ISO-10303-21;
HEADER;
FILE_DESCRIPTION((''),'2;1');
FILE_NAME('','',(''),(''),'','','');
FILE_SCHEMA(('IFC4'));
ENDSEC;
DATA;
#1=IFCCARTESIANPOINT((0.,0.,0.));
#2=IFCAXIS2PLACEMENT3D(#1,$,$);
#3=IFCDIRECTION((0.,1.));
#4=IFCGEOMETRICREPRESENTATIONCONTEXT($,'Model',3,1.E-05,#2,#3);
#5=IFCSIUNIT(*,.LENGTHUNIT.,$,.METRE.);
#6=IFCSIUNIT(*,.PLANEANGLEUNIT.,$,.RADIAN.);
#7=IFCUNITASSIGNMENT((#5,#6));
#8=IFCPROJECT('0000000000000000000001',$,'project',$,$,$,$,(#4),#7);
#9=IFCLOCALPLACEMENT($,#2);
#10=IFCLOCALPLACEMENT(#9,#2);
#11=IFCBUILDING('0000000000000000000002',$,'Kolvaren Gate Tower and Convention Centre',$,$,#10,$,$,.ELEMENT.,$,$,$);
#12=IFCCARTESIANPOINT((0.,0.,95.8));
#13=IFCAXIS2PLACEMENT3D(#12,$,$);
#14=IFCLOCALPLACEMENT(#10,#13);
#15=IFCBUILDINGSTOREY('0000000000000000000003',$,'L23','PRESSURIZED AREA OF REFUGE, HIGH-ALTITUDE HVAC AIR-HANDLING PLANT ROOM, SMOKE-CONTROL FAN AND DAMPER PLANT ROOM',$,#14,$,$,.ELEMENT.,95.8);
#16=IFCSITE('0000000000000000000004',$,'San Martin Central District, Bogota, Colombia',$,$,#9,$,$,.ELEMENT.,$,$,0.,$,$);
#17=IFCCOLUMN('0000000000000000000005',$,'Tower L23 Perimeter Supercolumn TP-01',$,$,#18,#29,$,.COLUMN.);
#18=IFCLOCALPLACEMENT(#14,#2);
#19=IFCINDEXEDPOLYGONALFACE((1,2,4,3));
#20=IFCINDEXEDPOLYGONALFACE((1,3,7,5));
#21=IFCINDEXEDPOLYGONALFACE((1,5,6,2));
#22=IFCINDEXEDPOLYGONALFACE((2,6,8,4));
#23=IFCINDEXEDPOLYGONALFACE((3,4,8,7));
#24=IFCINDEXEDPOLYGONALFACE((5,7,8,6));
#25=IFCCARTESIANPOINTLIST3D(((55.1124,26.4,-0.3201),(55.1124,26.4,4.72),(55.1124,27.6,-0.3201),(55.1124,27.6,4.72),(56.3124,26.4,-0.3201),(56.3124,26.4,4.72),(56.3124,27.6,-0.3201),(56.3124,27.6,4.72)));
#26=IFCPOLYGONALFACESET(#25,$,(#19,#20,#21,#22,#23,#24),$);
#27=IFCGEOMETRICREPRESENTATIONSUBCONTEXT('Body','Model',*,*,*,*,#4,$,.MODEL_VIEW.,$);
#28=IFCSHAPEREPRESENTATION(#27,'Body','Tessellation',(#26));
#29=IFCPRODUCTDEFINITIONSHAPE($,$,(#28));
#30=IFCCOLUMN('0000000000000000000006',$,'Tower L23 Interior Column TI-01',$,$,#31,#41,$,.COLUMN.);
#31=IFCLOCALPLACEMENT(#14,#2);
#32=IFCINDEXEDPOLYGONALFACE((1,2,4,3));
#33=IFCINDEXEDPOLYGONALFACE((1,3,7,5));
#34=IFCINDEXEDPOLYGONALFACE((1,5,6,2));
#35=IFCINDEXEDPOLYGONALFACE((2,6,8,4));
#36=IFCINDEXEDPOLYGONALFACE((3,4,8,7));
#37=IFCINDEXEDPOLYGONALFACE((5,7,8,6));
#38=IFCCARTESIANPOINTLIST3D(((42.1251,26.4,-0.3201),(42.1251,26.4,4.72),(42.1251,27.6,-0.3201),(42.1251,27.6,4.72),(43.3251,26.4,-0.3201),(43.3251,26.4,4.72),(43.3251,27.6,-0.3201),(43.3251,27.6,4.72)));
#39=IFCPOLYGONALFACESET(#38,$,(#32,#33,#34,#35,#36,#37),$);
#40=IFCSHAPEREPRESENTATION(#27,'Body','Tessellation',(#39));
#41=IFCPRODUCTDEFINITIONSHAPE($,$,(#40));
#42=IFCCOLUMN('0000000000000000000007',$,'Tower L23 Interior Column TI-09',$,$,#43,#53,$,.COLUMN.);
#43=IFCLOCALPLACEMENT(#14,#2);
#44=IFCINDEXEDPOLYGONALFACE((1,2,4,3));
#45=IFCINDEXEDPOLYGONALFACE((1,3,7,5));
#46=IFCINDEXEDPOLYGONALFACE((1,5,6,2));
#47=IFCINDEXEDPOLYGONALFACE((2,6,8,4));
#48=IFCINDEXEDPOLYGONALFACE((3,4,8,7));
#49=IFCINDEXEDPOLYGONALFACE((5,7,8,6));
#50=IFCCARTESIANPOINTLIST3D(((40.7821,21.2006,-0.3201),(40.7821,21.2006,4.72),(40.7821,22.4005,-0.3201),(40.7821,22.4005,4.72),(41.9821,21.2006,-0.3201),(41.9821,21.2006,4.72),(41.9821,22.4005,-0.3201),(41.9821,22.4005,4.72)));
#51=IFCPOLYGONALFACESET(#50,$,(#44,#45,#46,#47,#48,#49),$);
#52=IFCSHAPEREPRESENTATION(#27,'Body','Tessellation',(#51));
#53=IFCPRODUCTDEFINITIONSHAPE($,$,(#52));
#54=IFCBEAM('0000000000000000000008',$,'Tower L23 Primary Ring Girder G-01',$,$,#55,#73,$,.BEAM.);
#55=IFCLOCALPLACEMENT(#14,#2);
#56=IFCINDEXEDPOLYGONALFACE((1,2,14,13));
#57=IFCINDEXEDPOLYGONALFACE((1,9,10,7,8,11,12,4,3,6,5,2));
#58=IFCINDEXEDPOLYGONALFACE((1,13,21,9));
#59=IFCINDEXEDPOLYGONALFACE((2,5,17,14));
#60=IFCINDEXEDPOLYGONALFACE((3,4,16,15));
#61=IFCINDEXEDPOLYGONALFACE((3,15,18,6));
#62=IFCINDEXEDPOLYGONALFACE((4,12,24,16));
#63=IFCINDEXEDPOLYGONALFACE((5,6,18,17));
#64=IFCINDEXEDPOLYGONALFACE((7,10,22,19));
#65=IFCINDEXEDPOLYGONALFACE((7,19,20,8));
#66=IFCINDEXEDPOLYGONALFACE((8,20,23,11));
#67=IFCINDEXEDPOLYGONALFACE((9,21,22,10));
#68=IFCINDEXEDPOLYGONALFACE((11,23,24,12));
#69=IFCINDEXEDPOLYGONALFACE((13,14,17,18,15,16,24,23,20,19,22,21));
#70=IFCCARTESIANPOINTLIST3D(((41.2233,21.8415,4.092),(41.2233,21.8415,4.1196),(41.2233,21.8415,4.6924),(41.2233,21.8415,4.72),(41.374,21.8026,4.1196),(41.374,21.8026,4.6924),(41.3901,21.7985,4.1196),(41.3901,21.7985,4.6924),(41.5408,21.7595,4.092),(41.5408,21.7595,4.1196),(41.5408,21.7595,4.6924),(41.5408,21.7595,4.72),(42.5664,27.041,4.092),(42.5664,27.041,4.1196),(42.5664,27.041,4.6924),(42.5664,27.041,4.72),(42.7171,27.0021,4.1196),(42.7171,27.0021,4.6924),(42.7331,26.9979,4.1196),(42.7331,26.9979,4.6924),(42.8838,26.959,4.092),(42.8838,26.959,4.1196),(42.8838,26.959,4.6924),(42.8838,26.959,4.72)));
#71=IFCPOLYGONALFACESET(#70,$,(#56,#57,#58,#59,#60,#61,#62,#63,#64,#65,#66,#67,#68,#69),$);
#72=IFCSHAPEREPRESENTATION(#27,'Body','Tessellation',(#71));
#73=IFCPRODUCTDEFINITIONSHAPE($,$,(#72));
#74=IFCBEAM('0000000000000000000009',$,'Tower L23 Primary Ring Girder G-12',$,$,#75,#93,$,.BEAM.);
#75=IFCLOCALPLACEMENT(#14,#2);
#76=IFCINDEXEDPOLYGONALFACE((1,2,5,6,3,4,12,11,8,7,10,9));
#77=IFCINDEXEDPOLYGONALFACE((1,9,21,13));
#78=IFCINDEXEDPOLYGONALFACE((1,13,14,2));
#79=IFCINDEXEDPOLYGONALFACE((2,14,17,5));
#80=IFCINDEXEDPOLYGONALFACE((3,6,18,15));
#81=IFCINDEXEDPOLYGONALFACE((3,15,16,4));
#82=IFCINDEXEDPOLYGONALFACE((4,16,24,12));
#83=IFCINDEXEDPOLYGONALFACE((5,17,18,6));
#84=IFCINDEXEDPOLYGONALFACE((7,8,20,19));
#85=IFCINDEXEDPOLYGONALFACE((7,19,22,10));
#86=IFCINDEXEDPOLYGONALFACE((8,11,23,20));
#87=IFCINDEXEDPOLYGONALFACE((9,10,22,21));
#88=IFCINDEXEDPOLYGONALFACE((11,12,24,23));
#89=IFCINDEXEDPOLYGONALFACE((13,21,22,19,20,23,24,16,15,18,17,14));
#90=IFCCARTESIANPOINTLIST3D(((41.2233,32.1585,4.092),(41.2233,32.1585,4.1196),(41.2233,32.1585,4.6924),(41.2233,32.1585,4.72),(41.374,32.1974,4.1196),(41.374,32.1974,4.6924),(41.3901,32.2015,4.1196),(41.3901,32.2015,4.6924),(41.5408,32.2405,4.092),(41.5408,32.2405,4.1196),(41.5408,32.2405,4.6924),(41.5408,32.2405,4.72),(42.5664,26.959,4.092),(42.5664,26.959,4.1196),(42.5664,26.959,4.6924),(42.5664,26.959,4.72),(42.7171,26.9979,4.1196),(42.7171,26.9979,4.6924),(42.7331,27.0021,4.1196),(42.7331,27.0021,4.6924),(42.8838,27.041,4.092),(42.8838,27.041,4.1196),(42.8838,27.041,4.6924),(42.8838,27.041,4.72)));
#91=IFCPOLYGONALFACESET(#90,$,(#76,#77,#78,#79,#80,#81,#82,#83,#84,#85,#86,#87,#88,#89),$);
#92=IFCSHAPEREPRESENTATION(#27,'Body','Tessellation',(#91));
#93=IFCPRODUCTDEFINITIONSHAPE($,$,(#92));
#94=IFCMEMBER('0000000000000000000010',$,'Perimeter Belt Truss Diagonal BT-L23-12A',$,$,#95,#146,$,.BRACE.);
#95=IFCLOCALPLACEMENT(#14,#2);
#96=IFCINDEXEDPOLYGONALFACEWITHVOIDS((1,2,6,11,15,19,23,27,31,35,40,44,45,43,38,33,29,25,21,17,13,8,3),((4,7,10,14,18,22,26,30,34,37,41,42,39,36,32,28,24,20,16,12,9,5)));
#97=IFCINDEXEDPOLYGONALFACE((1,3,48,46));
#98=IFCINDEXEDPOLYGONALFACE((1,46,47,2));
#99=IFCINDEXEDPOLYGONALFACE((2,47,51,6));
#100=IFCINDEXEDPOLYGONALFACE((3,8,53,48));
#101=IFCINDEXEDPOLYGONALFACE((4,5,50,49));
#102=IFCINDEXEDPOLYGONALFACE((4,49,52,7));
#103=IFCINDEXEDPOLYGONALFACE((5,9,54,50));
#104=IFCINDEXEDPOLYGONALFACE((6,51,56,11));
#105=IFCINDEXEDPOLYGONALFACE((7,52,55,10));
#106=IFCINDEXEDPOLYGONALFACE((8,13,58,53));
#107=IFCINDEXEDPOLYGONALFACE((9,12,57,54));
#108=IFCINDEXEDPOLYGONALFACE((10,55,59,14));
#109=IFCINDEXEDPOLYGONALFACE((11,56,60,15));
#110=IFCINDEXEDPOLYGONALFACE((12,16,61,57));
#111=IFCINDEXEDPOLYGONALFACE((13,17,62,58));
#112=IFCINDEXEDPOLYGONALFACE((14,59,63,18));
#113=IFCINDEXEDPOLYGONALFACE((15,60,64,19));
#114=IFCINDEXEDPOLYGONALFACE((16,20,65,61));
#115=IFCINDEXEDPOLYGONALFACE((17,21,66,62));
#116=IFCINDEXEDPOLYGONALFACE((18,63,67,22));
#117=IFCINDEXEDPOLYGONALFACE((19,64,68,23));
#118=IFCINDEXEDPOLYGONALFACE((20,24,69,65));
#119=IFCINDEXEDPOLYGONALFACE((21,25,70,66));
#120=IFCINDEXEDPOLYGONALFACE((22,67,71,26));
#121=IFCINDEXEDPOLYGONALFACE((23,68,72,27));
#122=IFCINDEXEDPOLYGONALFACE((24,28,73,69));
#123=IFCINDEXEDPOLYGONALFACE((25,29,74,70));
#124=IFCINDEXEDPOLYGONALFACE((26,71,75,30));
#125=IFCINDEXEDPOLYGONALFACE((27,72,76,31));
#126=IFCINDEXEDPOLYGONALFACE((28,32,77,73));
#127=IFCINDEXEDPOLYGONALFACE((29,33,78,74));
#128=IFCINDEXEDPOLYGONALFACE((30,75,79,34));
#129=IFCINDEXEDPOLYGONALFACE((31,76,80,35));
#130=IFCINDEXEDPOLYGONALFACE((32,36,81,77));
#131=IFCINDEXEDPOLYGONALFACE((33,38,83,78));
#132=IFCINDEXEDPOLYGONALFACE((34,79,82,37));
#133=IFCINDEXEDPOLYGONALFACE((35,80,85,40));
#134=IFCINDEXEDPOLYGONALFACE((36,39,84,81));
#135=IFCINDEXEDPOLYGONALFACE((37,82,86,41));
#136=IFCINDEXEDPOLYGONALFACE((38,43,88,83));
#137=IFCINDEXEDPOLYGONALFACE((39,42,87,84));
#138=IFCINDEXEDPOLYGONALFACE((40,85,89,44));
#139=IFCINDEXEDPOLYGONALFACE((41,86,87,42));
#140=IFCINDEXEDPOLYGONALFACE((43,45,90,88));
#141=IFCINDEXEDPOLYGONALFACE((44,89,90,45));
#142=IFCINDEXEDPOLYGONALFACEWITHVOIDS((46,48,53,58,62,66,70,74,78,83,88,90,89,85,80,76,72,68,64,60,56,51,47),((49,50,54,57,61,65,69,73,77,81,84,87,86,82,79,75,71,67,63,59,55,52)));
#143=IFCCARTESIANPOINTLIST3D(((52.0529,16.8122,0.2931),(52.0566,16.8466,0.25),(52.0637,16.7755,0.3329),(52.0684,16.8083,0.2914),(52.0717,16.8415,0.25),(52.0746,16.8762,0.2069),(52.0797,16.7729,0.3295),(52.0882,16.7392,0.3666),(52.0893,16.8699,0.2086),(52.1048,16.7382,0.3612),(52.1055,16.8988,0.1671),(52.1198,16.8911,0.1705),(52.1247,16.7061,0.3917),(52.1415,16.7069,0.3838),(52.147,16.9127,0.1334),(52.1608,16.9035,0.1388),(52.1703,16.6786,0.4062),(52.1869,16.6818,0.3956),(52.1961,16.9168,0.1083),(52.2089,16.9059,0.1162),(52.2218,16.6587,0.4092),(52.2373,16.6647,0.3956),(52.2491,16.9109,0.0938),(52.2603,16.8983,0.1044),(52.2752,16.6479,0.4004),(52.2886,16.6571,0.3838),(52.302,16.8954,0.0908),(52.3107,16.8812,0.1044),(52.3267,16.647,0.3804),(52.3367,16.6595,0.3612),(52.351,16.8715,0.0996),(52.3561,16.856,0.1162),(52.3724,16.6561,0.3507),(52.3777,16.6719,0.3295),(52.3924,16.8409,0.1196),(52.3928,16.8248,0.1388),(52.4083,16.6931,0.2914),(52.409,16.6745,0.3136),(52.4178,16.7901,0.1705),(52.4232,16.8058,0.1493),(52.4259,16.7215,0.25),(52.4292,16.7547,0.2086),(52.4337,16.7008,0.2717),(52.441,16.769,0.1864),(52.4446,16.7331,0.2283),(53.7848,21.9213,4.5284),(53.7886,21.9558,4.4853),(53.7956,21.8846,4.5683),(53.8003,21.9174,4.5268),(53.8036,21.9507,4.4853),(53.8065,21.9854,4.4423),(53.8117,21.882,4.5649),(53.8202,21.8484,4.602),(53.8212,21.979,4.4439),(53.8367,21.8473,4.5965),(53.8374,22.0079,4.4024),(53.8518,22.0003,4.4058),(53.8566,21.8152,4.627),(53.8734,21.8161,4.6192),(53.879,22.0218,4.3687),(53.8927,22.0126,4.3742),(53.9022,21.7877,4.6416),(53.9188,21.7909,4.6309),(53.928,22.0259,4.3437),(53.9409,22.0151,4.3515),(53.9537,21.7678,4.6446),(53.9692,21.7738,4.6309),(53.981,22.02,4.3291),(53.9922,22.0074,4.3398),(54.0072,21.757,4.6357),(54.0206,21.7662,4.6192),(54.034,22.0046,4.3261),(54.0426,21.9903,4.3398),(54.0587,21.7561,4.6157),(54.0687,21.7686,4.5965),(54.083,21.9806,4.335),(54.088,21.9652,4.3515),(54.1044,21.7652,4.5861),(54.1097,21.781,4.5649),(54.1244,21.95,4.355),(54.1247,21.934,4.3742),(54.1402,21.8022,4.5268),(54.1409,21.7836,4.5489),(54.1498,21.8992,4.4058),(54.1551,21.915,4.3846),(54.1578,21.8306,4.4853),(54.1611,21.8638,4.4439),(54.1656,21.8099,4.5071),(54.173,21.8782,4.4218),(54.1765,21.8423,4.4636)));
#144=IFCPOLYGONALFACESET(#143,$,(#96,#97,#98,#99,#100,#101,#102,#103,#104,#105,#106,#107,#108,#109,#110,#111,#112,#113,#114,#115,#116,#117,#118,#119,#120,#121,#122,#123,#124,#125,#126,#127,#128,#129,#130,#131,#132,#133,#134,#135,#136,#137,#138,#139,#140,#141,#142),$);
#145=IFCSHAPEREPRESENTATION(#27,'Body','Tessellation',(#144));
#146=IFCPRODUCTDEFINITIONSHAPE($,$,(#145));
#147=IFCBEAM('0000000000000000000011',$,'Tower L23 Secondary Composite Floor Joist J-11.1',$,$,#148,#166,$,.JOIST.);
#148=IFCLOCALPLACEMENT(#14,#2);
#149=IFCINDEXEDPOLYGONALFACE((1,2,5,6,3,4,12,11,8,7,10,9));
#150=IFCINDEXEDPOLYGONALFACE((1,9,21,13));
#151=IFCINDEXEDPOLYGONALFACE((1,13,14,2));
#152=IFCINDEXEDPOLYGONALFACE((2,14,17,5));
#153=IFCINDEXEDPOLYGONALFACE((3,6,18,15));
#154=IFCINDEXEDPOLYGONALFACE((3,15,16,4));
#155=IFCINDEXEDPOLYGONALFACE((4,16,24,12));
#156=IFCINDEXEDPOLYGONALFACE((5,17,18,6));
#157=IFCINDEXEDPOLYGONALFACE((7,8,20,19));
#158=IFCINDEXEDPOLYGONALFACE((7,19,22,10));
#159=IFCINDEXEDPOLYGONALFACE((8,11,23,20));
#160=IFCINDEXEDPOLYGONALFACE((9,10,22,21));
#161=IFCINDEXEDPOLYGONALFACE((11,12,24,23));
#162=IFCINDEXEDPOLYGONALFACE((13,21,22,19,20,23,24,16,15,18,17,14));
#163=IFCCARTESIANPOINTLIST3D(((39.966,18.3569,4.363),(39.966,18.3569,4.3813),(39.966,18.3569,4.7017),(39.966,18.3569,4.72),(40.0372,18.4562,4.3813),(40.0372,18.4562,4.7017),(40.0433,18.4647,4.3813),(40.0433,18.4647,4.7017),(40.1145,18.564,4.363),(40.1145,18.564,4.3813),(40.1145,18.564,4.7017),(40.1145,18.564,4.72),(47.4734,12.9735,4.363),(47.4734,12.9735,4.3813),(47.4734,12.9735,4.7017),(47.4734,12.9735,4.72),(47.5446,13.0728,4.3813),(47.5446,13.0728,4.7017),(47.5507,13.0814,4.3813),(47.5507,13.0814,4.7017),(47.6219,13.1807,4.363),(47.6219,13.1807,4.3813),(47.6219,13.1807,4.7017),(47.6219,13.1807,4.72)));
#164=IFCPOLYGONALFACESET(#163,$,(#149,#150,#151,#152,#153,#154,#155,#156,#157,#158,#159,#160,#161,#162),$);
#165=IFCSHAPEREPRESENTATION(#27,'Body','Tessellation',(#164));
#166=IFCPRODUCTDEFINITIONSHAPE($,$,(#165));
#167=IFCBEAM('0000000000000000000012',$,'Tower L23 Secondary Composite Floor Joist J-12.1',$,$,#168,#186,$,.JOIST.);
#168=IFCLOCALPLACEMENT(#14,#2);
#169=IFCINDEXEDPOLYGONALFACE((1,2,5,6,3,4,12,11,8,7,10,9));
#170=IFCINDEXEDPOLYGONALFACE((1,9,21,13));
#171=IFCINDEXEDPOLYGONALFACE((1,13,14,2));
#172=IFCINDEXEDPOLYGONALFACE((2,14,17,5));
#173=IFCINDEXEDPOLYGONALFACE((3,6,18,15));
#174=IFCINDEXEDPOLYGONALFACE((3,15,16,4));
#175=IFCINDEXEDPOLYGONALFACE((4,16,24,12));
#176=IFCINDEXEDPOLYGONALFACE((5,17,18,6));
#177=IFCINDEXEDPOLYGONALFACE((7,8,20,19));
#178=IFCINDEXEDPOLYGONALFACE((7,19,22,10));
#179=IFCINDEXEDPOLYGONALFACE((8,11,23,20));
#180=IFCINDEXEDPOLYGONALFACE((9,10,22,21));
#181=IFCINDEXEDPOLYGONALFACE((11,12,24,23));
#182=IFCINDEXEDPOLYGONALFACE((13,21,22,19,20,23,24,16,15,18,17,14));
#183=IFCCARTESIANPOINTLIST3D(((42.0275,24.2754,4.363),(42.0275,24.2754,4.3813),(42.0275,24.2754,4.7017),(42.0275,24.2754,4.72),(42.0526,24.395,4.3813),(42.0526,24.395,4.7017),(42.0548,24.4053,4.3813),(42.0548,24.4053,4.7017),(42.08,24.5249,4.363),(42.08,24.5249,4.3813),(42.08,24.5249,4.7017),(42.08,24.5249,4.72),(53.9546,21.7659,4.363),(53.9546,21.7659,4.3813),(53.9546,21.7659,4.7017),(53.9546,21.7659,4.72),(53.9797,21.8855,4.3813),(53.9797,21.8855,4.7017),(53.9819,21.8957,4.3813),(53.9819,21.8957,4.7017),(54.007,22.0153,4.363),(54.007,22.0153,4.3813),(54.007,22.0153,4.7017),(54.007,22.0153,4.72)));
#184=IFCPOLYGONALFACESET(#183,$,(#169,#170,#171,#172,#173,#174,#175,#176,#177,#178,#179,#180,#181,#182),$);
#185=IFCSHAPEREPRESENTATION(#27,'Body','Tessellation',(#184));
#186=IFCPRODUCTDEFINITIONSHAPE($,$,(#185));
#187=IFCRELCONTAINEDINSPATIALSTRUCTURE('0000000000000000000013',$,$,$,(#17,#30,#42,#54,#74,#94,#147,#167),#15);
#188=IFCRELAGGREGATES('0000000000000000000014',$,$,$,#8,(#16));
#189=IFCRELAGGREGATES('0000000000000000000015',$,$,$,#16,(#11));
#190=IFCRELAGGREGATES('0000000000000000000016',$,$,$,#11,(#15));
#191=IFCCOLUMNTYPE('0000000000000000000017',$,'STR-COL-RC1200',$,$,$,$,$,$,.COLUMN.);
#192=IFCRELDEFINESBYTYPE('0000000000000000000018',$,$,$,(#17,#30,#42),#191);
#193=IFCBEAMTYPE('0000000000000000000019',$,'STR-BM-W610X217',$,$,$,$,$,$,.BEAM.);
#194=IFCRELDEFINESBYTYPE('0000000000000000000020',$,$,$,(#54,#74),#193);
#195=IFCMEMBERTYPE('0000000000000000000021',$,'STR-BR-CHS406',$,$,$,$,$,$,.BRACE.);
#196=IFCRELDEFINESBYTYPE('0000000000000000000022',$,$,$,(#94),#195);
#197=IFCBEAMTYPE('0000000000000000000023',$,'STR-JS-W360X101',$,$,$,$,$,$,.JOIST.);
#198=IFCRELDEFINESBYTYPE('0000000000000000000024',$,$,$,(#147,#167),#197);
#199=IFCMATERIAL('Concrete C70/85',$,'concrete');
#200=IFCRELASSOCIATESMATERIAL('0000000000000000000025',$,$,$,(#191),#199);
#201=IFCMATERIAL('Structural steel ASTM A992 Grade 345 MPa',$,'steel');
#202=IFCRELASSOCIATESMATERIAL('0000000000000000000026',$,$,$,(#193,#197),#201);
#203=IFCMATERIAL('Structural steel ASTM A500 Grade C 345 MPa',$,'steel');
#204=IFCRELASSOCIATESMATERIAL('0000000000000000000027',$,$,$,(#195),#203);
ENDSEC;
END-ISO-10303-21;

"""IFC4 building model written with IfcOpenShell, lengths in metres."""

from ifc_helpers import new_model, si_unit, direction, frame, origin, origin_2d, place, context, subcontext, project, spatial, rectangle, hollow_circle, i_section, extrude, material, material_profile, profile_set, type_object, element, save


model = new_model("IFC4")

# Units and contexts
model_context = context("Model", 3, precision=1e-05, world=origin(), true_north=direction((0.0, 1.0)))
body_context = subcontext(model_context, "Body", "Model", "MODEL_VIEW")
ifc_project = project(units=[si_unit("LENGTHUNIT", "METRE"), si_unit("PLANEANGLEUNIT", "RADIAN")], contexts=[model_context])

# Site, building, storey
site_placement = place(None, origin())
site = spatial("IfcSite", under=ifc_project, at=site_placement, Name="San Martin Central District, Bogota, Colombia", CompositionType="ELEMENT", RefElevation=0.0)
building_placement = place(site_placement, origin())
building = spatial("IfcBuilding", under=site, at=building_placement, Name="Kolvaren Gate Tower and Convention Centre", CompositionType="ELEMENT")
storey_placement = place(building_placement, frame((0.0, 0.0, 95.8)))
storey = spatial("IfcBuildingStorey", under=building, at=storey_placement, Name="L23", Description="PRESSURIZED AREA OF REFUGE, HIGH-ALTITUDE HVAC AIR-HANDLING PLANT ROOM, SMOKE-CONTROL FAN AND DAMPER PLANT ROOM", CompositionType="ELEMENT", Elevation=95.8)

# Columns
ifc_material_1 = material(Name="Concrete C70/85", Category="concrete")
ifc_material_profile_1 = material_profile(ifc_material_1, rectangle(XDim=1.2, YDim=1.2, at=origin_2d()), Name="RC-COL-1200X1200")
ifc_profile_set_1 = profile_set([ifc_material_profile_1], Name="Concrete C70/85")
column_type = type_object("IfcColumnType", Name="STR-COL-RC1200", PredefinedType="COLUMN", material=ifc_profile_set_1)
for number, where, z_axis, x_axis, name in (
    (1, (55.7124, 27.0, -0.3201), (0.0, 0.0, 1.0), (1.0, 0.0, 0.0), "Tower L23 Perimeter Supercolumn TP-01"),
    (2, (42.7251, 27.0, -0.3201), (0.0, 0.0, 1.0), (1.0, 0.0, 0.0), "Tower L23 Interior Column TI-01"),
    (3, (41.3821, 21.8005, -0.3201), (0.0, 0.0, 1.0), (1.0, 0.0, 0.0), "Tower L23 Interior Column TI-09"),
):
    element("IfcColumn", number, at=place(storey_placement, frame(where, z_axis=z_axis, x_axis=x_axis)), inside=storey, type_object=column_type, Name=name, PredefinedType="COLUMN", context=body_context, shape_type="SweptSolid", body=[
        extrude(rectangle(XDim=1.2, YDim=1.2, at=origin_2d()), origin(), (0.0, 0.0, 1.0), 5.04),
    ])

# Beams
ifc_material_2 = material(Name="Structural steel ASTM A992 Grade 345 MPa", Category="steel")
ifc_material_profile_2 = material_profile(ifc_material_2, i_section(OverallWidth=0.3279, OverallDepth=0.6279, WebThickness=0.0166, FlangeThickness=0.0276, at=origin_2d()), Name="W610X217")
ifc_profile_set_2 = profile_set([ifc_material_profile_2], Name="Structural steel ASTM A992 Grade 345 MPa")
beam_type_1 = type_object("IfcBeamType", Name="STR-BM-W610X217", PredefinedType="BEAM", material=ifc_profile_set_2)
for number, where, z_axis, x_axis, name in (
    (4, (42.7251, 27.0, 4.406), (-0.250091, -0.968222, 0.0), (0.968222, -0.250091, 0.0), "Tower L23 Primary Ring Girder G-01"),
    (5, (42.7251, 27.0, 4.406), (-0.250091, 0.968222, 0.0), (-0.968222, -0.250091, 0.0), "Tower L23 Primary Ring Girder G-12"),
):
    element("IfcBeam", number, at=place(storey_placement, frame(where, z_axis=z_axis, x_axis=x_axis)), inside=storey, type_object=beam_type_1, Name=name, PredefinedType="BEAM", context=body_context, shape_type="SweptSolid", body=[
        extrude(i_section(OverallWidth=0.3279, OverallDepth=0.6279, WebThickness=0.0166, FlangeThickness=0.0276, at=origin_2d()), origin(), (0.0, 0.0, 1.0), 5.3701),
    ])

# Member
ifc_material_3 = material(Name="Structural steel ASTM A500 Grade C 345 MPa", Category="steel")
ifc_material_profile_3 = material_profile(ifc_material_3, hollow_circle(Radius=0.2029, WallThickness=0.0159, at=origin_2d()), Name="CHS406X15.9")
ifc_profile_set_3 = profile_set([ifc_material_profile_3], Name="Structural steel ASTM A500 Grade C 345 MPa")
member_type = type_object("IfcMemberType", Name="STR-BR-CHS406", PredefinedType="BRACE", material=ifc_profile_set_3)
member_placement = place(storey_placement, frame((52.2488, 16.7815, 0.25), z_axis=(0.252518, 0.744918, 0.61752), x_axis=(-0.947064, 0.321043, 0.0)))
element("IfcMember", 6, at=member_placement, inside=storey, type_object=member_type, Name="Perimeter Belt Truss Diagonal BT-L23-12A", PredefinedType="BRACE", context=body_context, shape_type="SweptSolid", body=[
    extrude(hollow_circle(Radius=0.2029, WallThickness=0.0159, at=origin_2d()), origin(), (0.0, 0.0, 1.0), 6.8586),
])

# Beams
ifc_material_profile_4 = material_profile(ifc_material_2, i_section(OverallWidth=0.2549, OverallDepth=0.3569, WebThickness=0.0105, FlangeThickness=0.0183, at=origin_2d()), Name="W360X101")
ifc_profile_set_4 = profile_set([ifc_material_profile_4], Name="Structural steel ASTM A992 Grade 345 MPa")
beam_type_2 = type_object("IfcBeamType", Name="STR-JS-W360X101", PredefinedType="JOIST", material=ifc_profile_set_4)
beam_1_placement = place(storey_placement, frame((40.0403, 18.4604, 4.5415), z_axis=(0.812661, -0.582737, 0.0), x_axis=(0.582737, 0.812661, 0.0)))
element("IfcBeam", 7, at=beam_1_placement, inside=storey, type_object=beam_type_2, Name="Tower L23 Secondary Composite Floor Joist J-11.1", PredefinedType="JOIST", context=body_context, shape_type="SweptSolid", body=[
    extrude(i_section(OverallWidth=0.2549, OverallDepth=0.3569, WebThickness=0.0105, FlangeThickness=0.0183, at=origin_2d()), origin(), (0.0, 0.0, 1.0), 9.238),
])
beam_2_placement = place(storey_placement, frame((42.0537, 24.4001, 4.5415), z_axis=(0.978573, -0.205898, 0.0), x_axis=(0.205898, 0.978573, 0.0)))
element("IfcBeam", 8, at=beam_2_placement, inside=storey, type_object=beam_type_2, Name="Tower L23 Secondary Composite Floor Joist J-12.1", PredefinedType="JOIST", context=body_context, shape_type="SweptSolid", body=[
    extrude(i_section(OverallWidth=0.2549, OverallDepth=0.3569, WebThickness=0.0105, FlangeThickness=0.0183, at=origin_2d()), origin(), (0.0, 0.0, 1.0), 12.1882),
])

save(model, "model.ifc")
